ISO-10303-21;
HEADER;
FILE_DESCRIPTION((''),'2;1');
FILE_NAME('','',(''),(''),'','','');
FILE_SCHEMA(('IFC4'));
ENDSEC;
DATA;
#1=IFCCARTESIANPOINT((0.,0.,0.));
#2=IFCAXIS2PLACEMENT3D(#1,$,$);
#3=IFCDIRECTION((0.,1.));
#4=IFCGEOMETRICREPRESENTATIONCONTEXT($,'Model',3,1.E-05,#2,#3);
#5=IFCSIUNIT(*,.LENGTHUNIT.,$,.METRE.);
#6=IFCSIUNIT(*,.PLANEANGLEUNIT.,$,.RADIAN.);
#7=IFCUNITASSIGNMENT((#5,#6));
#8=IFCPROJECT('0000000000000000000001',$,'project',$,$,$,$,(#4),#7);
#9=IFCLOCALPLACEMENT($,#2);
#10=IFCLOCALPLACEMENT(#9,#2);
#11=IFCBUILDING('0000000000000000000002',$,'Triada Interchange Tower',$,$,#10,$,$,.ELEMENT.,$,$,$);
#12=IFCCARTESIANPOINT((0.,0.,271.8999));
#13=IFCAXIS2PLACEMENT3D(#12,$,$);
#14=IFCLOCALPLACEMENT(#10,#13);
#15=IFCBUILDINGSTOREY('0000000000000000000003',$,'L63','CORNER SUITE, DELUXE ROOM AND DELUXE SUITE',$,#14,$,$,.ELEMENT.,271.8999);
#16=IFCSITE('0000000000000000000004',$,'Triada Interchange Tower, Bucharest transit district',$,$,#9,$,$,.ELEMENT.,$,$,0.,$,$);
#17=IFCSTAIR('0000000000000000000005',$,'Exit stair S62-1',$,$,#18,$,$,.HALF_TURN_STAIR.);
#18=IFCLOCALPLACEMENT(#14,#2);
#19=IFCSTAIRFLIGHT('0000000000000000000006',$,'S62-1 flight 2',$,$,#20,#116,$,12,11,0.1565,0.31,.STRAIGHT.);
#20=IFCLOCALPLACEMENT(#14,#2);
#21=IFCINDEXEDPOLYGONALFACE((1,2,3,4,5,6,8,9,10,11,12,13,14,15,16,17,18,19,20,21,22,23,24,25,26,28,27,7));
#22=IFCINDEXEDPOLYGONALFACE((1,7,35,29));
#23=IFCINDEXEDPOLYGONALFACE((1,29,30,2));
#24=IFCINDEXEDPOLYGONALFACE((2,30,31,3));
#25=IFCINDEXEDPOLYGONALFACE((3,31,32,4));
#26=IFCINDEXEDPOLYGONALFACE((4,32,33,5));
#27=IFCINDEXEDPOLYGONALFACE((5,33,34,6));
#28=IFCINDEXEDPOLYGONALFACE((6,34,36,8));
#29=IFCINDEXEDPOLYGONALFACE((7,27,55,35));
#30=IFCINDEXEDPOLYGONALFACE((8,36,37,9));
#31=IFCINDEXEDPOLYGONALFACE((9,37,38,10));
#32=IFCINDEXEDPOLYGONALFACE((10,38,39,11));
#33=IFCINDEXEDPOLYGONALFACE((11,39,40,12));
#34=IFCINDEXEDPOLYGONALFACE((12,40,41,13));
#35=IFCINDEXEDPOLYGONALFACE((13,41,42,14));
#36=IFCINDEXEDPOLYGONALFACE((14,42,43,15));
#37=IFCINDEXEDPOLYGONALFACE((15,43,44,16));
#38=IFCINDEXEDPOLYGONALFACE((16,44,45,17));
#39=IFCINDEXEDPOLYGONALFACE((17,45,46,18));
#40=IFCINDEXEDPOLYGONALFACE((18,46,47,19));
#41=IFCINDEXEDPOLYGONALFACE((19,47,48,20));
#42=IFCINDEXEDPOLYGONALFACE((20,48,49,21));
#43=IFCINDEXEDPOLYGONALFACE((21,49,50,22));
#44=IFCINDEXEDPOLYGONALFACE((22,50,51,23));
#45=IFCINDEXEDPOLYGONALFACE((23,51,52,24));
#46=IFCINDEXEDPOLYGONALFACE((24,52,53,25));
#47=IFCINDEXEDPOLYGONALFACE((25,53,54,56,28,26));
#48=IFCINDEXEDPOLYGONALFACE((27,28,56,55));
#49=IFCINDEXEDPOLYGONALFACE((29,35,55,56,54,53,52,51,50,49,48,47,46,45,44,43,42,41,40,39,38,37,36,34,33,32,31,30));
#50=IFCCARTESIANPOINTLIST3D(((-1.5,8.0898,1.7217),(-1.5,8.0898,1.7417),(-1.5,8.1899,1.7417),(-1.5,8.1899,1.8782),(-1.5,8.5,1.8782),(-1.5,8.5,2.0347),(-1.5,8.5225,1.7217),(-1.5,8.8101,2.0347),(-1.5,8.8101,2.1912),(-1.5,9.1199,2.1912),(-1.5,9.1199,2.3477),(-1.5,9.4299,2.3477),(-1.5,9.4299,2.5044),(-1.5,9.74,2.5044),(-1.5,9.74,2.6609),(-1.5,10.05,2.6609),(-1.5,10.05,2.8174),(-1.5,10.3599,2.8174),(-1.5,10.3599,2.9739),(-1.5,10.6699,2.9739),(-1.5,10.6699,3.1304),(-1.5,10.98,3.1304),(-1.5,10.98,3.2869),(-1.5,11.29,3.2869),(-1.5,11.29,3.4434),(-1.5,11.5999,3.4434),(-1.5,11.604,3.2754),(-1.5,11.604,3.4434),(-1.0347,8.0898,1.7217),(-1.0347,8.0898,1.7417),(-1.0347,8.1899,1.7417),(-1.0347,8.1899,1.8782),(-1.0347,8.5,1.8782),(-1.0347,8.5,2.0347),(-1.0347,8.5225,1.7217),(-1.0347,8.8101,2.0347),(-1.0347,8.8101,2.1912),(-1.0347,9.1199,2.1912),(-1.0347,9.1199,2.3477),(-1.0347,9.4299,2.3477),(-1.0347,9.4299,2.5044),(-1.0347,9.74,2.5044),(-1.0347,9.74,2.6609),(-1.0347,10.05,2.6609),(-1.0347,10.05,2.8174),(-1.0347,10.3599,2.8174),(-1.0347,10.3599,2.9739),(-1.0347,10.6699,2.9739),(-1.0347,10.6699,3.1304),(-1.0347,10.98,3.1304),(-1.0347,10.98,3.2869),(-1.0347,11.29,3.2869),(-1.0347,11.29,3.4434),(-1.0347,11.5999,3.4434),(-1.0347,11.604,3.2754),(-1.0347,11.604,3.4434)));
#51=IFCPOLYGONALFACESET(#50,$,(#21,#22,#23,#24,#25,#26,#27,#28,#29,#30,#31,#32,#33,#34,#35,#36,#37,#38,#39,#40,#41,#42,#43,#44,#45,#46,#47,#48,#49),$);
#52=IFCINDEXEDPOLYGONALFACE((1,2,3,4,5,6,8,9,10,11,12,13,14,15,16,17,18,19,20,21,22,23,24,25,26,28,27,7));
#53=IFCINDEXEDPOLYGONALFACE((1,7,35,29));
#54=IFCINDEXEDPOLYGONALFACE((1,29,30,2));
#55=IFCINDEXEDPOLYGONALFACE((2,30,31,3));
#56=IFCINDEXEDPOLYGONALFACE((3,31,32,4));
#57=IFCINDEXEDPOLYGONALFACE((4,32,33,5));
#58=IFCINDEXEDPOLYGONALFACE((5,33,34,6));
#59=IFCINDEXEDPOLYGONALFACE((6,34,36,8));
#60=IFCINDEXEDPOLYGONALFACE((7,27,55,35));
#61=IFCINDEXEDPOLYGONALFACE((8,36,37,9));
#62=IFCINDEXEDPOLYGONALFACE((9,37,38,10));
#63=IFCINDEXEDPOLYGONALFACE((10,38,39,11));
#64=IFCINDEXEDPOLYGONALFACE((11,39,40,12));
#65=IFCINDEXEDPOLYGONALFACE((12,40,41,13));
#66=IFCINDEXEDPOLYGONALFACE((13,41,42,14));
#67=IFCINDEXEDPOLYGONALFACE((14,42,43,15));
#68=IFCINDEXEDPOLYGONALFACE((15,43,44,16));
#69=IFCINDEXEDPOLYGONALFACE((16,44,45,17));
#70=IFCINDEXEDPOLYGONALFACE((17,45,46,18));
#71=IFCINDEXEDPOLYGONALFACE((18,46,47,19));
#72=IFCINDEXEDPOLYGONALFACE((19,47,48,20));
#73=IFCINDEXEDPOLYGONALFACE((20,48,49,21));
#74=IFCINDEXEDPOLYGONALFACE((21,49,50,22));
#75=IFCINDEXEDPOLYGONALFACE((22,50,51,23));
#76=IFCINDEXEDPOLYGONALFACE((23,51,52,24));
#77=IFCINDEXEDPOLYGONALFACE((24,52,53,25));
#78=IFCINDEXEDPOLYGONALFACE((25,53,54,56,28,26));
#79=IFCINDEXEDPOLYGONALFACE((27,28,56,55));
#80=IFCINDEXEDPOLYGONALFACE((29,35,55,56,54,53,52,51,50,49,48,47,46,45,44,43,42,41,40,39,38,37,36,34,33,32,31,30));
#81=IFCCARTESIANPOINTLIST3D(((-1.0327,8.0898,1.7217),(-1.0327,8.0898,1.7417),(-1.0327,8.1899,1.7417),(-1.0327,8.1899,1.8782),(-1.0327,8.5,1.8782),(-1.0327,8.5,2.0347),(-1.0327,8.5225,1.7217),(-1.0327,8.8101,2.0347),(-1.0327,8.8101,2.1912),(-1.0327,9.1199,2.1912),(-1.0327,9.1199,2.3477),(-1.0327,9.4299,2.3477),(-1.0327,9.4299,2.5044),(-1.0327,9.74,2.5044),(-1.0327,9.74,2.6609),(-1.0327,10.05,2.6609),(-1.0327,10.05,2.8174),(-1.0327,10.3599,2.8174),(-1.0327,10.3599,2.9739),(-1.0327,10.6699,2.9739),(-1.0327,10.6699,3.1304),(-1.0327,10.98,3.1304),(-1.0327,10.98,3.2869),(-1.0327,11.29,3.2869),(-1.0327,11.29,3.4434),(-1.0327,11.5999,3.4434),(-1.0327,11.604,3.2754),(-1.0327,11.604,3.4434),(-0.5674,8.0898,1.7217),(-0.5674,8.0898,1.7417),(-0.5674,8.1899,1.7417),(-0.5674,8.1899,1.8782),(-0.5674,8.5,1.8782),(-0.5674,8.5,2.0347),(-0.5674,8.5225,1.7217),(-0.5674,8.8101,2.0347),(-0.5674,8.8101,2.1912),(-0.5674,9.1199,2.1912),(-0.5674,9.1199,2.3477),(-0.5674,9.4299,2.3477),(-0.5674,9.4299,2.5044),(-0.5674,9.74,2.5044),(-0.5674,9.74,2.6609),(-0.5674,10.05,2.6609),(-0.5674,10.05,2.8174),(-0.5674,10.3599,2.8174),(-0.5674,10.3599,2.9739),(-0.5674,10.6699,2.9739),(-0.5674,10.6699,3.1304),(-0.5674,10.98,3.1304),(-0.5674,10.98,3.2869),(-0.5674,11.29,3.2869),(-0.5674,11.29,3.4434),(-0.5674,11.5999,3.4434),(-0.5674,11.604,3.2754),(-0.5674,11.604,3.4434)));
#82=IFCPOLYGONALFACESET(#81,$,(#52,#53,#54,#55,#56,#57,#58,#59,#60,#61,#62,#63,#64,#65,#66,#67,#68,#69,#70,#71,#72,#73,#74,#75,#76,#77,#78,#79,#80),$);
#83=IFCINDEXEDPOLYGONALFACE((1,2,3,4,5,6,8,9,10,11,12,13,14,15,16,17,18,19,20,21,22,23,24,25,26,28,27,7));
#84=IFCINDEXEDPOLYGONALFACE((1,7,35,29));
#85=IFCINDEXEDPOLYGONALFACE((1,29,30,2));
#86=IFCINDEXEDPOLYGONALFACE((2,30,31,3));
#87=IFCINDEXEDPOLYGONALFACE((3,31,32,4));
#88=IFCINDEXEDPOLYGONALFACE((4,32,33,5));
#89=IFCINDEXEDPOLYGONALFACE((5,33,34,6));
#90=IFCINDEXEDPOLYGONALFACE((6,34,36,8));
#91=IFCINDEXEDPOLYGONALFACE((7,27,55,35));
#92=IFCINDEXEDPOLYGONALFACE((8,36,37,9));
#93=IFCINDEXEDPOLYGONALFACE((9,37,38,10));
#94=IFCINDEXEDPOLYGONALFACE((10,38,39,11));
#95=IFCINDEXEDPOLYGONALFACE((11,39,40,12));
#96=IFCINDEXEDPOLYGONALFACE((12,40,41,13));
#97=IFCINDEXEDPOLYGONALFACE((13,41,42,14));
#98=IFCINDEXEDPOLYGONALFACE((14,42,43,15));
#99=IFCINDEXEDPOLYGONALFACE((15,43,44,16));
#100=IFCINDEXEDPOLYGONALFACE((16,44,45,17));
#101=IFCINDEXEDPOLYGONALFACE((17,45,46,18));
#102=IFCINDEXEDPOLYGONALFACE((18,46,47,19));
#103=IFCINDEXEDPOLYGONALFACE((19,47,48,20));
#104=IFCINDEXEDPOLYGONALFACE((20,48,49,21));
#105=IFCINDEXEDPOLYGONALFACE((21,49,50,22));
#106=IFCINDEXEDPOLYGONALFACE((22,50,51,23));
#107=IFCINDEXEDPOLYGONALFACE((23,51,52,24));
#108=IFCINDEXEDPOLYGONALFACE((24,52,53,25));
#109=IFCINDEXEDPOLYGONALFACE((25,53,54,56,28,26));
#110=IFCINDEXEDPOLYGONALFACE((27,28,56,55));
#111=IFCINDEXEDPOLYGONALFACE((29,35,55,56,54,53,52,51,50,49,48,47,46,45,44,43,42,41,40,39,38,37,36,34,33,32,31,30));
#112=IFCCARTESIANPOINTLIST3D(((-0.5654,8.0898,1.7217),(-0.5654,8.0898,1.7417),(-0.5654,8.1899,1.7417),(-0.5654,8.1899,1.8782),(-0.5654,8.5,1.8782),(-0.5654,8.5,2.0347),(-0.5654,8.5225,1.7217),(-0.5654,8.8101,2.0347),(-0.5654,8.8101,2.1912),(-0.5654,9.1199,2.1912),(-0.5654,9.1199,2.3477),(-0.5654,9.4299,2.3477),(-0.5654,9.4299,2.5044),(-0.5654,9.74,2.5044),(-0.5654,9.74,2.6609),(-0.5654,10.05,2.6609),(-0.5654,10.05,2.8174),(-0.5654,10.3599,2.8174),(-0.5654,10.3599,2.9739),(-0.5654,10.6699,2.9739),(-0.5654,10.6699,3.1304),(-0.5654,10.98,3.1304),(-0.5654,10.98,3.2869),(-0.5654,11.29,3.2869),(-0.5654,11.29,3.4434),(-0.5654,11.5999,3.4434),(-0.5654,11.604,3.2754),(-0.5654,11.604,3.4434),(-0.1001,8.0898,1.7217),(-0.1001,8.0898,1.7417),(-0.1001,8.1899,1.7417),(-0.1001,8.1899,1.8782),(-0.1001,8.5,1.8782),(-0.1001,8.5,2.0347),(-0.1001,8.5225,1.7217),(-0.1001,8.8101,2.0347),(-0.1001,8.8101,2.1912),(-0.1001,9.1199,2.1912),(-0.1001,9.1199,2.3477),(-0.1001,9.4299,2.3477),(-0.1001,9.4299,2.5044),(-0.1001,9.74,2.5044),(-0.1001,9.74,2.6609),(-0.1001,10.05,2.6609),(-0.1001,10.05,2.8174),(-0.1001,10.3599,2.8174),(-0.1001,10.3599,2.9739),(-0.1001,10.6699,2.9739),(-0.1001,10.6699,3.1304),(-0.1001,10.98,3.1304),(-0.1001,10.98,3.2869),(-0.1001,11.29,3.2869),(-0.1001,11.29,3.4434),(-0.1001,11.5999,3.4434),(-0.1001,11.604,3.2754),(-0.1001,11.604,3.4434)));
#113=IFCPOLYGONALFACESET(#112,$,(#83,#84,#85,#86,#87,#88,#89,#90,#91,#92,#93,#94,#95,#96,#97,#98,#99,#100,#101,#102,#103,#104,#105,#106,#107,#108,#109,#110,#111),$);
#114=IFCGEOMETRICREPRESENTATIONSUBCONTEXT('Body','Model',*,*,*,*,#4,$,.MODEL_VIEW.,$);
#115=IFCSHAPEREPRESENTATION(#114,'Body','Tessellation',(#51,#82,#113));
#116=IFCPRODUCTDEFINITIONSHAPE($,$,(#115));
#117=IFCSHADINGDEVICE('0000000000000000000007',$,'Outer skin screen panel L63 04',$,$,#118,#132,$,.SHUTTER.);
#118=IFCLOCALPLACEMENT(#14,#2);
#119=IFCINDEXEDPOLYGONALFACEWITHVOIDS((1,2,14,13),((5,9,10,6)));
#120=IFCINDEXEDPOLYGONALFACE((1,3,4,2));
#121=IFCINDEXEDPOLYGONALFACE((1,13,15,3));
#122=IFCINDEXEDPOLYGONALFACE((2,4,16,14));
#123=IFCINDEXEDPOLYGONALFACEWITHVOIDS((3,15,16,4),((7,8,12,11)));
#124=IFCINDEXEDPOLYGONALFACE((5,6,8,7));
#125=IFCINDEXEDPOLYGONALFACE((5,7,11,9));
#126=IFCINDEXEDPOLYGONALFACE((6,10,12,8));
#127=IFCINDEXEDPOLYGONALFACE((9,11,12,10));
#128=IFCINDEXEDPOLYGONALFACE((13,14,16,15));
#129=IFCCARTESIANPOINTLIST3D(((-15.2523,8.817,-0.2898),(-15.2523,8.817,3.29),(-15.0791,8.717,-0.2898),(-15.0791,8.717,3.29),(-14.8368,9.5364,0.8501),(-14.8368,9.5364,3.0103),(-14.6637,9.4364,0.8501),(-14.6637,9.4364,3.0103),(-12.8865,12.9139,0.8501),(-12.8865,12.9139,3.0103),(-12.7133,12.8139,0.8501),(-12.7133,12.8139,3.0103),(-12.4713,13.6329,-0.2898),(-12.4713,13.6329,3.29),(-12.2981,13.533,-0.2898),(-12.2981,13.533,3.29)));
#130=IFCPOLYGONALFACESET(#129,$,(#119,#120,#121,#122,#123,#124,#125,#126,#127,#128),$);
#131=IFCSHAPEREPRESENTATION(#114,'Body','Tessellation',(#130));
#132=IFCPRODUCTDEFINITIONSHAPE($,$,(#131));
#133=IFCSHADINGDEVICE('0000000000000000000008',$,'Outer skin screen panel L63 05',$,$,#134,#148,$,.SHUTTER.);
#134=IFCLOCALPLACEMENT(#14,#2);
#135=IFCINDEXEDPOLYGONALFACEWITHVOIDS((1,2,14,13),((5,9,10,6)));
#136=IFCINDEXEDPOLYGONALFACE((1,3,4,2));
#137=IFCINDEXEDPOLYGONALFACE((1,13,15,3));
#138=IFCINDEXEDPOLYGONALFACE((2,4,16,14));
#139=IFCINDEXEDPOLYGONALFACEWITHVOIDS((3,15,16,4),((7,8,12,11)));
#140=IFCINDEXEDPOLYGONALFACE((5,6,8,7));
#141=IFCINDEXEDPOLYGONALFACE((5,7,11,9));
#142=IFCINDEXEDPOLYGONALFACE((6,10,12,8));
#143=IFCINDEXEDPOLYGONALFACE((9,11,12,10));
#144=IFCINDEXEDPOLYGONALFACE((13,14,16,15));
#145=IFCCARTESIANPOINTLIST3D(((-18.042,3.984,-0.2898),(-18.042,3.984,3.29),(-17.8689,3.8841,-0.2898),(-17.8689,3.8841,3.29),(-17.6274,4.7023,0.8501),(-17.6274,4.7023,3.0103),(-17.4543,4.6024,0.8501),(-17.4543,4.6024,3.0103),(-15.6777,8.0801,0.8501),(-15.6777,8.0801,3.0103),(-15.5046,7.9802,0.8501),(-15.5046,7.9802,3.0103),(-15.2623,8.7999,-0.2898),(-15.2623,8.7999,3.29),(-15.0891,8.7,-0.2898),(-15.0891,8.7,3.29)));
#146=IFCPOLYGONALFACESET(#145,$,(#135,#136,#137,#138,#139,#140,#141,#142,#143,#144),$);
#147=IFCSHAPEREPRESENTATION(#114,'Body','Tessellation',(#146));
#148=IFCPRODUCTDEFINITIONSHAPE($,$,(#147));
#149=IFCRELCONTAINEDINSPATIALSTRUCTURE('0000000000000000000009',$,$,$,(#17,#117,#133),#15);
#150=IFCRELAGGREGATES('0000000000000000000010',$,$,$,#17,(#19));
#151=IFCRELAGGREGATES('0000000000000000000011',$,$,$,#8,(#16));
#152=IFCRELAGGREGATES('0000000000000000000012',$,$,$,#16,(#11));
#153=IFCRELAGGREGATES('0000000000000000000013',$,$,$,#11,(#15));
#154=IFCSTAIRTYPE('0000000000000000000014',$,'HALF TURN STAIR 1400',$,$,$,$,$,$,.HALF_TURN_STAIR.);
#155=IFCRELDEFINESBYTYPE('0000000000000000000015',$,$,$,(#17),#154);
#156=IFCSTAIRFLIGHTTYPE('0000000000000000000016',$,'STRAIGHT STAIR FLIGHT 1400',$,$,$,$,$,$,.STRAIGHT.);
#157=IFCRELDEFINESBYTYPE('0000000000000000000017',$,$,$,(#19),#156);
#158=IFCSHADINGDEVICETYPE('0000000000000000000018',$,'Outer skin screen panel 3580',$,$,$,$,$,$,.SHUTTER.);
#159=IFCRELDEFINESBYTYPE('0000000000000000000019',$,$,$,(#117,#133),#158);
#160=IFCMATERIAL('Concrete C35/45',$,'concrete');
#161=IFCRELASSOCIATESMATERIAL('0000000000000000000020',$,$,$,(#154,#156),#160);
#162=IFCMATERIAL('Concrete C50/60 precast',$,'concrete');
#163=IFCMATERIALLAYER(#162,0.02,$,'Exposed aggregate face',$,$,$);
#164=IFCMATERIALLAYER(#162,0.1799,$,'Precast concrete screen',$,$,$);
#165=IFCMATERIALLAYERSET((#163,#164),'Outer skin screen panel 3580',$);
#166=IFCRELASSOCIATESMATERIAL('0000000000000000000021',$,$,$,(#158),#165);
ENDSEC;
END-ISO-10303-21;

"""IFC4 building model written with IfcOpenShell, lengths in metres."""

from ifc_helpers import new_model, si_unit, direction, frame, origin, place, context, subcontext, project, spatial, polyline, outline, extrude, material, layer, layer_set, type_object, element, aggregate, save


model = new_model("IFC4")

# Units and contexts
model_context = context("Model", 3, precision=1e-05, world=origin(), true_north=direction((0.0, 1.0)))
body_context = subcontext(model_context, "Body", "Model", "MODEL_VIEW")
ifc_project = project(units=[si_unit("LENGTHUNIT", "METRE"), si_unit("PLANEANGLEUNIT", "RADIAN")], contexts=[model_context])

# Site, building, storey
site_placement = place(None, origin())
site = spatial("IfcSite", under=ifc_project, at=site_placement, Name="Triada Interchange Tower, Bucharest transit district", CompositionType="ELEMENT", RefElevation=0.0)
building_placement = place(site_placement, origin())
building = spatial("IfcBuilding", under=site, at=building_placement, Name="Triada Interchange Tower", CompositionType="ELEMENT")
storey_placement = place(building_placement, frame((0.0, 0.0, 271.8999)))
storey = spatial("IfcBuildingStorey", under=building, at=storey_placement, Name="L63", Description="CORNER SUITE, DELUXE ROOM AND DELUXE SUITE", CompositionType="ELEMENT", Elevation=271.8999)

# Stair, stair flight
ifc_material_1 = material(Name="Concrete C35/45", Category="concrete")
stair_type = type_object("IfcStairType", Name="HALF TURN STAIR 1400", PredefinedType="HALF_TURN_STAIR", material=ifc_material_1)
stair_placement = place(storey_placement, origin())
stair = element("IfcStair", 1, at=stair_placement, inside=storey, type_object=stair_type, Name="Exit stair S62-1", PredefinedType="HALF_TURN_STAIR")
stair_flight_type = type_object("IfcStairFlightType", Name="STRAIGHT STAIR FLIGHT 1400", PredefinedType="STRAIGHT", material=ifc_material_1)
stair_flight_placement = place(storey_placement, frame((-0.8, 8.1899, 1.7217), z_axis=(0.0, 0.0, 1.0), x_axis=(0.0, 1.0, 0.0)))
stair_flight = element("IfcStairFlight", 2, at=stair_flight_placement, type_object=stair_flight_type, Name="S62-1 flight 2", NumberOfRisers=12, NumberOfTreads=11, PredefinedType="STRAIGHT", RiserHeight=0.1565, TreadLength=0.31, context=body_context, shape_type="SweptSolid", body=[
    extrude(outline(polyline([(-0.1001, 0.0), (-0.1001, 0.02), (0.0, 0.02), (0.0, 0.1565), (0.3101, 0.1565), (0.3101, 0.313), (0.6201, 0.313), (0.6201, 0.4695), (0.9299, 0.4695), (0.9299, 0.626), (1.24, 0.626), (1.24, 0.7827), (1.55, 0.7827), (1.55, 0.9392), (1.8601, 0.9392), (1.8601, 1.0957), (2.1699, 1.0957), (2.1699, 1.2522), (2.48, 1.2522), (2.48, 1.4087), (2.79, 1.4087), (2.79, 1.5652), (3.1001, 1.5652), (3.1001, 1.7217), (3.4099, 1.7217), (3.4141, 1.7217), (3.4141, 1.8782), (3.4141, 1.5537), (0.3325, 0.0), (-0.1001, 0.0)])), frame((0.0, 0.7, 0.0), z_axis=(0.0, -1.0, 0.0), x_axis=(1.0, 0.0, 0.0)), (0.0, 0.0, 1.0), 0.4653),
    extrude(outline(polyline([(-0.1001, 0.0), (-0.1001, 0.02), (0.0, 0.02), (0.0, 0.1565), (0.3101, 0.1565), (0.3101, 0.313), (0.6201, 0.313), (0.6201, 0.4695), (0.9299, 0.4695), (0.9299, 0.626), (1.24, 0.626), (1.24, 0.7827), (1.55, 0.7827), (1.55, 0.9392), (1.8601, 0.9392), (1.8601, 1.0957), (2.1699, 1.0957), (2.1699, 1.2522), (2.48, 1.2522), (2.48, 1.4087), (2.79, 1.4087), (2.79, 1.5652), (3.1001, 1.5652), (3.1001, 1.7217), (3.4099, 1.7217), (3.4141, 1.7217), (3.4141, 1.8782), (3.4141, 1.5537), (0.3325, 0.0), (-0.1001, 0.0)])), frame((0.0, 0.2327, 0.0), z_axis=(0.0, -1.0, 0.0), x_axis=(1.0, 0.0, 0.0)), (0.0, 0.0, 1.0), 0.4653),
    extrude(outline(polyline([(-0.1001, 0.0), (-0.1001, 0.02), (0.0, 0.02), (0.0, 0.1565), (0.3101, 0.1565), (0.3101, 0.313), (0.6201, 0.313), (0.6201, 0.4695), (0.9299, 0.4695), (0.9299, 0.626), (1.24, 0.626), (1.24, 0.7827), (1.55, 0.7827), (1.55, 0.9392), (1.8601, 0.9392), (1.8601, 1.0957), (2.1699, 1.0957), (2.1699, 1.2522), (2.48, 1.2522), (2.48, 1.4087), (2.79, 1.4087), (2.79, 1.5652), (3.1001, 1.5652), (3.1001, 1.7217), (3.4099, 1.7217), (3.4141, 1.7217), (3.4141, 1.8782), (3.4141, 1.5537), (0.3325, 0.0), (-0.1001, 0.0)])), frame((0.0, -0.2346, 0.0), z_axis=(0.0, -1.0, 0.0), x_axis=(1.0, 0.0, 0.0)), (0.0, 0.0, 1.0), 0.4653),
])

# Shading devices
ifc_material_2 = material(Name="Concrete C50/60 precast", Category="concrete")
ifc_layer_1 = layer(ifc_material_2, 0.02, Name="Exposed aggregate face")
ifc_layer_2 = layer(ifc_material_2, 0.1799, Name="Precast concrete screen")
ifc_layer_set_1 = layer_set([ifc_layer_1, ifc_layer_2], Name="Outer skin screen panel 3580")
shading_device_type = type_object("IfcShadingDeviceType", Name="Outer skin screen panel 3580", PredefinedType="SHUTTER", material=ifc_layer_set_1)
shading_device_1_placement = place(storey_placement, frame((-12.2981, 13.533, -0.2898), z_axis=(0.0, 0.0, 1.0), x_axis=(-0.500072, -0.865984, 0.0)))
element("IfcShadingDevice", 3, at=shading_device_1_placement, inside=storey, type_object=shading_device_type, Name="Outer skin screen panel L63 04", PredefinedType="SHUTTER", context=body_context, shape_type="SweptSolid", body=[
    extrude(outline(polyline([(0.0, 0.0), (5.5613, 0.0), (5.5613, 3.5798), (0.0, 3.5798), (0.0, 0.0)]), holes=[polyline([(0.8303, 1.1399), (0.8303, 3.3), (4.7305, 3.3), (4.7305, 1.1399), (0.8303, 1.1399)])]), frame((0.0, 0.0, 0.0), z_axis=(0.0, -1.0, 0.0), x_axis=(1.0, 0.0, 0.0)), (0.0, 0.0, 1.0), 0.2),
])
shading_device_2_placement = place(storey_placement, frame((-15.0891, 8.7, -0.2898), z_axis=(0.0, 0.0, 1.0), x_axis=(-0.499907, -0.866079, 0.0)))
element("IfcShadingDevice", 4, at=shading_device_2_placement, inside=storey, type_object=shading_device_type, Name="Outer skin screen panel L63 05", PredefinedType="SHUTTER", context=body_context, shape_type="SweptSolid", body=[
    extrude(outline(polyline([(0.0, 0.0), (5.5605, 0.0), (5.5605, 3.5798), (0.0, 3.5798), (0.0, 0.0)]), holes=[polyline([(0.8311, 1.1399), (0.8311, 3.3), (4.7312, 3.3), (4.7312, 1.1399), (0.8311, 1.1399)])]), frame((0.0, 0.0, 0.0), z_axis=(0.0, -1.0, 0.0), x_axis=(1.0, 0.0, 0.0)), (0.0, 0.0, 1.0), 0.2),
])

aggregate(stair, [stair_flight])

save(model, "model.ifc")
